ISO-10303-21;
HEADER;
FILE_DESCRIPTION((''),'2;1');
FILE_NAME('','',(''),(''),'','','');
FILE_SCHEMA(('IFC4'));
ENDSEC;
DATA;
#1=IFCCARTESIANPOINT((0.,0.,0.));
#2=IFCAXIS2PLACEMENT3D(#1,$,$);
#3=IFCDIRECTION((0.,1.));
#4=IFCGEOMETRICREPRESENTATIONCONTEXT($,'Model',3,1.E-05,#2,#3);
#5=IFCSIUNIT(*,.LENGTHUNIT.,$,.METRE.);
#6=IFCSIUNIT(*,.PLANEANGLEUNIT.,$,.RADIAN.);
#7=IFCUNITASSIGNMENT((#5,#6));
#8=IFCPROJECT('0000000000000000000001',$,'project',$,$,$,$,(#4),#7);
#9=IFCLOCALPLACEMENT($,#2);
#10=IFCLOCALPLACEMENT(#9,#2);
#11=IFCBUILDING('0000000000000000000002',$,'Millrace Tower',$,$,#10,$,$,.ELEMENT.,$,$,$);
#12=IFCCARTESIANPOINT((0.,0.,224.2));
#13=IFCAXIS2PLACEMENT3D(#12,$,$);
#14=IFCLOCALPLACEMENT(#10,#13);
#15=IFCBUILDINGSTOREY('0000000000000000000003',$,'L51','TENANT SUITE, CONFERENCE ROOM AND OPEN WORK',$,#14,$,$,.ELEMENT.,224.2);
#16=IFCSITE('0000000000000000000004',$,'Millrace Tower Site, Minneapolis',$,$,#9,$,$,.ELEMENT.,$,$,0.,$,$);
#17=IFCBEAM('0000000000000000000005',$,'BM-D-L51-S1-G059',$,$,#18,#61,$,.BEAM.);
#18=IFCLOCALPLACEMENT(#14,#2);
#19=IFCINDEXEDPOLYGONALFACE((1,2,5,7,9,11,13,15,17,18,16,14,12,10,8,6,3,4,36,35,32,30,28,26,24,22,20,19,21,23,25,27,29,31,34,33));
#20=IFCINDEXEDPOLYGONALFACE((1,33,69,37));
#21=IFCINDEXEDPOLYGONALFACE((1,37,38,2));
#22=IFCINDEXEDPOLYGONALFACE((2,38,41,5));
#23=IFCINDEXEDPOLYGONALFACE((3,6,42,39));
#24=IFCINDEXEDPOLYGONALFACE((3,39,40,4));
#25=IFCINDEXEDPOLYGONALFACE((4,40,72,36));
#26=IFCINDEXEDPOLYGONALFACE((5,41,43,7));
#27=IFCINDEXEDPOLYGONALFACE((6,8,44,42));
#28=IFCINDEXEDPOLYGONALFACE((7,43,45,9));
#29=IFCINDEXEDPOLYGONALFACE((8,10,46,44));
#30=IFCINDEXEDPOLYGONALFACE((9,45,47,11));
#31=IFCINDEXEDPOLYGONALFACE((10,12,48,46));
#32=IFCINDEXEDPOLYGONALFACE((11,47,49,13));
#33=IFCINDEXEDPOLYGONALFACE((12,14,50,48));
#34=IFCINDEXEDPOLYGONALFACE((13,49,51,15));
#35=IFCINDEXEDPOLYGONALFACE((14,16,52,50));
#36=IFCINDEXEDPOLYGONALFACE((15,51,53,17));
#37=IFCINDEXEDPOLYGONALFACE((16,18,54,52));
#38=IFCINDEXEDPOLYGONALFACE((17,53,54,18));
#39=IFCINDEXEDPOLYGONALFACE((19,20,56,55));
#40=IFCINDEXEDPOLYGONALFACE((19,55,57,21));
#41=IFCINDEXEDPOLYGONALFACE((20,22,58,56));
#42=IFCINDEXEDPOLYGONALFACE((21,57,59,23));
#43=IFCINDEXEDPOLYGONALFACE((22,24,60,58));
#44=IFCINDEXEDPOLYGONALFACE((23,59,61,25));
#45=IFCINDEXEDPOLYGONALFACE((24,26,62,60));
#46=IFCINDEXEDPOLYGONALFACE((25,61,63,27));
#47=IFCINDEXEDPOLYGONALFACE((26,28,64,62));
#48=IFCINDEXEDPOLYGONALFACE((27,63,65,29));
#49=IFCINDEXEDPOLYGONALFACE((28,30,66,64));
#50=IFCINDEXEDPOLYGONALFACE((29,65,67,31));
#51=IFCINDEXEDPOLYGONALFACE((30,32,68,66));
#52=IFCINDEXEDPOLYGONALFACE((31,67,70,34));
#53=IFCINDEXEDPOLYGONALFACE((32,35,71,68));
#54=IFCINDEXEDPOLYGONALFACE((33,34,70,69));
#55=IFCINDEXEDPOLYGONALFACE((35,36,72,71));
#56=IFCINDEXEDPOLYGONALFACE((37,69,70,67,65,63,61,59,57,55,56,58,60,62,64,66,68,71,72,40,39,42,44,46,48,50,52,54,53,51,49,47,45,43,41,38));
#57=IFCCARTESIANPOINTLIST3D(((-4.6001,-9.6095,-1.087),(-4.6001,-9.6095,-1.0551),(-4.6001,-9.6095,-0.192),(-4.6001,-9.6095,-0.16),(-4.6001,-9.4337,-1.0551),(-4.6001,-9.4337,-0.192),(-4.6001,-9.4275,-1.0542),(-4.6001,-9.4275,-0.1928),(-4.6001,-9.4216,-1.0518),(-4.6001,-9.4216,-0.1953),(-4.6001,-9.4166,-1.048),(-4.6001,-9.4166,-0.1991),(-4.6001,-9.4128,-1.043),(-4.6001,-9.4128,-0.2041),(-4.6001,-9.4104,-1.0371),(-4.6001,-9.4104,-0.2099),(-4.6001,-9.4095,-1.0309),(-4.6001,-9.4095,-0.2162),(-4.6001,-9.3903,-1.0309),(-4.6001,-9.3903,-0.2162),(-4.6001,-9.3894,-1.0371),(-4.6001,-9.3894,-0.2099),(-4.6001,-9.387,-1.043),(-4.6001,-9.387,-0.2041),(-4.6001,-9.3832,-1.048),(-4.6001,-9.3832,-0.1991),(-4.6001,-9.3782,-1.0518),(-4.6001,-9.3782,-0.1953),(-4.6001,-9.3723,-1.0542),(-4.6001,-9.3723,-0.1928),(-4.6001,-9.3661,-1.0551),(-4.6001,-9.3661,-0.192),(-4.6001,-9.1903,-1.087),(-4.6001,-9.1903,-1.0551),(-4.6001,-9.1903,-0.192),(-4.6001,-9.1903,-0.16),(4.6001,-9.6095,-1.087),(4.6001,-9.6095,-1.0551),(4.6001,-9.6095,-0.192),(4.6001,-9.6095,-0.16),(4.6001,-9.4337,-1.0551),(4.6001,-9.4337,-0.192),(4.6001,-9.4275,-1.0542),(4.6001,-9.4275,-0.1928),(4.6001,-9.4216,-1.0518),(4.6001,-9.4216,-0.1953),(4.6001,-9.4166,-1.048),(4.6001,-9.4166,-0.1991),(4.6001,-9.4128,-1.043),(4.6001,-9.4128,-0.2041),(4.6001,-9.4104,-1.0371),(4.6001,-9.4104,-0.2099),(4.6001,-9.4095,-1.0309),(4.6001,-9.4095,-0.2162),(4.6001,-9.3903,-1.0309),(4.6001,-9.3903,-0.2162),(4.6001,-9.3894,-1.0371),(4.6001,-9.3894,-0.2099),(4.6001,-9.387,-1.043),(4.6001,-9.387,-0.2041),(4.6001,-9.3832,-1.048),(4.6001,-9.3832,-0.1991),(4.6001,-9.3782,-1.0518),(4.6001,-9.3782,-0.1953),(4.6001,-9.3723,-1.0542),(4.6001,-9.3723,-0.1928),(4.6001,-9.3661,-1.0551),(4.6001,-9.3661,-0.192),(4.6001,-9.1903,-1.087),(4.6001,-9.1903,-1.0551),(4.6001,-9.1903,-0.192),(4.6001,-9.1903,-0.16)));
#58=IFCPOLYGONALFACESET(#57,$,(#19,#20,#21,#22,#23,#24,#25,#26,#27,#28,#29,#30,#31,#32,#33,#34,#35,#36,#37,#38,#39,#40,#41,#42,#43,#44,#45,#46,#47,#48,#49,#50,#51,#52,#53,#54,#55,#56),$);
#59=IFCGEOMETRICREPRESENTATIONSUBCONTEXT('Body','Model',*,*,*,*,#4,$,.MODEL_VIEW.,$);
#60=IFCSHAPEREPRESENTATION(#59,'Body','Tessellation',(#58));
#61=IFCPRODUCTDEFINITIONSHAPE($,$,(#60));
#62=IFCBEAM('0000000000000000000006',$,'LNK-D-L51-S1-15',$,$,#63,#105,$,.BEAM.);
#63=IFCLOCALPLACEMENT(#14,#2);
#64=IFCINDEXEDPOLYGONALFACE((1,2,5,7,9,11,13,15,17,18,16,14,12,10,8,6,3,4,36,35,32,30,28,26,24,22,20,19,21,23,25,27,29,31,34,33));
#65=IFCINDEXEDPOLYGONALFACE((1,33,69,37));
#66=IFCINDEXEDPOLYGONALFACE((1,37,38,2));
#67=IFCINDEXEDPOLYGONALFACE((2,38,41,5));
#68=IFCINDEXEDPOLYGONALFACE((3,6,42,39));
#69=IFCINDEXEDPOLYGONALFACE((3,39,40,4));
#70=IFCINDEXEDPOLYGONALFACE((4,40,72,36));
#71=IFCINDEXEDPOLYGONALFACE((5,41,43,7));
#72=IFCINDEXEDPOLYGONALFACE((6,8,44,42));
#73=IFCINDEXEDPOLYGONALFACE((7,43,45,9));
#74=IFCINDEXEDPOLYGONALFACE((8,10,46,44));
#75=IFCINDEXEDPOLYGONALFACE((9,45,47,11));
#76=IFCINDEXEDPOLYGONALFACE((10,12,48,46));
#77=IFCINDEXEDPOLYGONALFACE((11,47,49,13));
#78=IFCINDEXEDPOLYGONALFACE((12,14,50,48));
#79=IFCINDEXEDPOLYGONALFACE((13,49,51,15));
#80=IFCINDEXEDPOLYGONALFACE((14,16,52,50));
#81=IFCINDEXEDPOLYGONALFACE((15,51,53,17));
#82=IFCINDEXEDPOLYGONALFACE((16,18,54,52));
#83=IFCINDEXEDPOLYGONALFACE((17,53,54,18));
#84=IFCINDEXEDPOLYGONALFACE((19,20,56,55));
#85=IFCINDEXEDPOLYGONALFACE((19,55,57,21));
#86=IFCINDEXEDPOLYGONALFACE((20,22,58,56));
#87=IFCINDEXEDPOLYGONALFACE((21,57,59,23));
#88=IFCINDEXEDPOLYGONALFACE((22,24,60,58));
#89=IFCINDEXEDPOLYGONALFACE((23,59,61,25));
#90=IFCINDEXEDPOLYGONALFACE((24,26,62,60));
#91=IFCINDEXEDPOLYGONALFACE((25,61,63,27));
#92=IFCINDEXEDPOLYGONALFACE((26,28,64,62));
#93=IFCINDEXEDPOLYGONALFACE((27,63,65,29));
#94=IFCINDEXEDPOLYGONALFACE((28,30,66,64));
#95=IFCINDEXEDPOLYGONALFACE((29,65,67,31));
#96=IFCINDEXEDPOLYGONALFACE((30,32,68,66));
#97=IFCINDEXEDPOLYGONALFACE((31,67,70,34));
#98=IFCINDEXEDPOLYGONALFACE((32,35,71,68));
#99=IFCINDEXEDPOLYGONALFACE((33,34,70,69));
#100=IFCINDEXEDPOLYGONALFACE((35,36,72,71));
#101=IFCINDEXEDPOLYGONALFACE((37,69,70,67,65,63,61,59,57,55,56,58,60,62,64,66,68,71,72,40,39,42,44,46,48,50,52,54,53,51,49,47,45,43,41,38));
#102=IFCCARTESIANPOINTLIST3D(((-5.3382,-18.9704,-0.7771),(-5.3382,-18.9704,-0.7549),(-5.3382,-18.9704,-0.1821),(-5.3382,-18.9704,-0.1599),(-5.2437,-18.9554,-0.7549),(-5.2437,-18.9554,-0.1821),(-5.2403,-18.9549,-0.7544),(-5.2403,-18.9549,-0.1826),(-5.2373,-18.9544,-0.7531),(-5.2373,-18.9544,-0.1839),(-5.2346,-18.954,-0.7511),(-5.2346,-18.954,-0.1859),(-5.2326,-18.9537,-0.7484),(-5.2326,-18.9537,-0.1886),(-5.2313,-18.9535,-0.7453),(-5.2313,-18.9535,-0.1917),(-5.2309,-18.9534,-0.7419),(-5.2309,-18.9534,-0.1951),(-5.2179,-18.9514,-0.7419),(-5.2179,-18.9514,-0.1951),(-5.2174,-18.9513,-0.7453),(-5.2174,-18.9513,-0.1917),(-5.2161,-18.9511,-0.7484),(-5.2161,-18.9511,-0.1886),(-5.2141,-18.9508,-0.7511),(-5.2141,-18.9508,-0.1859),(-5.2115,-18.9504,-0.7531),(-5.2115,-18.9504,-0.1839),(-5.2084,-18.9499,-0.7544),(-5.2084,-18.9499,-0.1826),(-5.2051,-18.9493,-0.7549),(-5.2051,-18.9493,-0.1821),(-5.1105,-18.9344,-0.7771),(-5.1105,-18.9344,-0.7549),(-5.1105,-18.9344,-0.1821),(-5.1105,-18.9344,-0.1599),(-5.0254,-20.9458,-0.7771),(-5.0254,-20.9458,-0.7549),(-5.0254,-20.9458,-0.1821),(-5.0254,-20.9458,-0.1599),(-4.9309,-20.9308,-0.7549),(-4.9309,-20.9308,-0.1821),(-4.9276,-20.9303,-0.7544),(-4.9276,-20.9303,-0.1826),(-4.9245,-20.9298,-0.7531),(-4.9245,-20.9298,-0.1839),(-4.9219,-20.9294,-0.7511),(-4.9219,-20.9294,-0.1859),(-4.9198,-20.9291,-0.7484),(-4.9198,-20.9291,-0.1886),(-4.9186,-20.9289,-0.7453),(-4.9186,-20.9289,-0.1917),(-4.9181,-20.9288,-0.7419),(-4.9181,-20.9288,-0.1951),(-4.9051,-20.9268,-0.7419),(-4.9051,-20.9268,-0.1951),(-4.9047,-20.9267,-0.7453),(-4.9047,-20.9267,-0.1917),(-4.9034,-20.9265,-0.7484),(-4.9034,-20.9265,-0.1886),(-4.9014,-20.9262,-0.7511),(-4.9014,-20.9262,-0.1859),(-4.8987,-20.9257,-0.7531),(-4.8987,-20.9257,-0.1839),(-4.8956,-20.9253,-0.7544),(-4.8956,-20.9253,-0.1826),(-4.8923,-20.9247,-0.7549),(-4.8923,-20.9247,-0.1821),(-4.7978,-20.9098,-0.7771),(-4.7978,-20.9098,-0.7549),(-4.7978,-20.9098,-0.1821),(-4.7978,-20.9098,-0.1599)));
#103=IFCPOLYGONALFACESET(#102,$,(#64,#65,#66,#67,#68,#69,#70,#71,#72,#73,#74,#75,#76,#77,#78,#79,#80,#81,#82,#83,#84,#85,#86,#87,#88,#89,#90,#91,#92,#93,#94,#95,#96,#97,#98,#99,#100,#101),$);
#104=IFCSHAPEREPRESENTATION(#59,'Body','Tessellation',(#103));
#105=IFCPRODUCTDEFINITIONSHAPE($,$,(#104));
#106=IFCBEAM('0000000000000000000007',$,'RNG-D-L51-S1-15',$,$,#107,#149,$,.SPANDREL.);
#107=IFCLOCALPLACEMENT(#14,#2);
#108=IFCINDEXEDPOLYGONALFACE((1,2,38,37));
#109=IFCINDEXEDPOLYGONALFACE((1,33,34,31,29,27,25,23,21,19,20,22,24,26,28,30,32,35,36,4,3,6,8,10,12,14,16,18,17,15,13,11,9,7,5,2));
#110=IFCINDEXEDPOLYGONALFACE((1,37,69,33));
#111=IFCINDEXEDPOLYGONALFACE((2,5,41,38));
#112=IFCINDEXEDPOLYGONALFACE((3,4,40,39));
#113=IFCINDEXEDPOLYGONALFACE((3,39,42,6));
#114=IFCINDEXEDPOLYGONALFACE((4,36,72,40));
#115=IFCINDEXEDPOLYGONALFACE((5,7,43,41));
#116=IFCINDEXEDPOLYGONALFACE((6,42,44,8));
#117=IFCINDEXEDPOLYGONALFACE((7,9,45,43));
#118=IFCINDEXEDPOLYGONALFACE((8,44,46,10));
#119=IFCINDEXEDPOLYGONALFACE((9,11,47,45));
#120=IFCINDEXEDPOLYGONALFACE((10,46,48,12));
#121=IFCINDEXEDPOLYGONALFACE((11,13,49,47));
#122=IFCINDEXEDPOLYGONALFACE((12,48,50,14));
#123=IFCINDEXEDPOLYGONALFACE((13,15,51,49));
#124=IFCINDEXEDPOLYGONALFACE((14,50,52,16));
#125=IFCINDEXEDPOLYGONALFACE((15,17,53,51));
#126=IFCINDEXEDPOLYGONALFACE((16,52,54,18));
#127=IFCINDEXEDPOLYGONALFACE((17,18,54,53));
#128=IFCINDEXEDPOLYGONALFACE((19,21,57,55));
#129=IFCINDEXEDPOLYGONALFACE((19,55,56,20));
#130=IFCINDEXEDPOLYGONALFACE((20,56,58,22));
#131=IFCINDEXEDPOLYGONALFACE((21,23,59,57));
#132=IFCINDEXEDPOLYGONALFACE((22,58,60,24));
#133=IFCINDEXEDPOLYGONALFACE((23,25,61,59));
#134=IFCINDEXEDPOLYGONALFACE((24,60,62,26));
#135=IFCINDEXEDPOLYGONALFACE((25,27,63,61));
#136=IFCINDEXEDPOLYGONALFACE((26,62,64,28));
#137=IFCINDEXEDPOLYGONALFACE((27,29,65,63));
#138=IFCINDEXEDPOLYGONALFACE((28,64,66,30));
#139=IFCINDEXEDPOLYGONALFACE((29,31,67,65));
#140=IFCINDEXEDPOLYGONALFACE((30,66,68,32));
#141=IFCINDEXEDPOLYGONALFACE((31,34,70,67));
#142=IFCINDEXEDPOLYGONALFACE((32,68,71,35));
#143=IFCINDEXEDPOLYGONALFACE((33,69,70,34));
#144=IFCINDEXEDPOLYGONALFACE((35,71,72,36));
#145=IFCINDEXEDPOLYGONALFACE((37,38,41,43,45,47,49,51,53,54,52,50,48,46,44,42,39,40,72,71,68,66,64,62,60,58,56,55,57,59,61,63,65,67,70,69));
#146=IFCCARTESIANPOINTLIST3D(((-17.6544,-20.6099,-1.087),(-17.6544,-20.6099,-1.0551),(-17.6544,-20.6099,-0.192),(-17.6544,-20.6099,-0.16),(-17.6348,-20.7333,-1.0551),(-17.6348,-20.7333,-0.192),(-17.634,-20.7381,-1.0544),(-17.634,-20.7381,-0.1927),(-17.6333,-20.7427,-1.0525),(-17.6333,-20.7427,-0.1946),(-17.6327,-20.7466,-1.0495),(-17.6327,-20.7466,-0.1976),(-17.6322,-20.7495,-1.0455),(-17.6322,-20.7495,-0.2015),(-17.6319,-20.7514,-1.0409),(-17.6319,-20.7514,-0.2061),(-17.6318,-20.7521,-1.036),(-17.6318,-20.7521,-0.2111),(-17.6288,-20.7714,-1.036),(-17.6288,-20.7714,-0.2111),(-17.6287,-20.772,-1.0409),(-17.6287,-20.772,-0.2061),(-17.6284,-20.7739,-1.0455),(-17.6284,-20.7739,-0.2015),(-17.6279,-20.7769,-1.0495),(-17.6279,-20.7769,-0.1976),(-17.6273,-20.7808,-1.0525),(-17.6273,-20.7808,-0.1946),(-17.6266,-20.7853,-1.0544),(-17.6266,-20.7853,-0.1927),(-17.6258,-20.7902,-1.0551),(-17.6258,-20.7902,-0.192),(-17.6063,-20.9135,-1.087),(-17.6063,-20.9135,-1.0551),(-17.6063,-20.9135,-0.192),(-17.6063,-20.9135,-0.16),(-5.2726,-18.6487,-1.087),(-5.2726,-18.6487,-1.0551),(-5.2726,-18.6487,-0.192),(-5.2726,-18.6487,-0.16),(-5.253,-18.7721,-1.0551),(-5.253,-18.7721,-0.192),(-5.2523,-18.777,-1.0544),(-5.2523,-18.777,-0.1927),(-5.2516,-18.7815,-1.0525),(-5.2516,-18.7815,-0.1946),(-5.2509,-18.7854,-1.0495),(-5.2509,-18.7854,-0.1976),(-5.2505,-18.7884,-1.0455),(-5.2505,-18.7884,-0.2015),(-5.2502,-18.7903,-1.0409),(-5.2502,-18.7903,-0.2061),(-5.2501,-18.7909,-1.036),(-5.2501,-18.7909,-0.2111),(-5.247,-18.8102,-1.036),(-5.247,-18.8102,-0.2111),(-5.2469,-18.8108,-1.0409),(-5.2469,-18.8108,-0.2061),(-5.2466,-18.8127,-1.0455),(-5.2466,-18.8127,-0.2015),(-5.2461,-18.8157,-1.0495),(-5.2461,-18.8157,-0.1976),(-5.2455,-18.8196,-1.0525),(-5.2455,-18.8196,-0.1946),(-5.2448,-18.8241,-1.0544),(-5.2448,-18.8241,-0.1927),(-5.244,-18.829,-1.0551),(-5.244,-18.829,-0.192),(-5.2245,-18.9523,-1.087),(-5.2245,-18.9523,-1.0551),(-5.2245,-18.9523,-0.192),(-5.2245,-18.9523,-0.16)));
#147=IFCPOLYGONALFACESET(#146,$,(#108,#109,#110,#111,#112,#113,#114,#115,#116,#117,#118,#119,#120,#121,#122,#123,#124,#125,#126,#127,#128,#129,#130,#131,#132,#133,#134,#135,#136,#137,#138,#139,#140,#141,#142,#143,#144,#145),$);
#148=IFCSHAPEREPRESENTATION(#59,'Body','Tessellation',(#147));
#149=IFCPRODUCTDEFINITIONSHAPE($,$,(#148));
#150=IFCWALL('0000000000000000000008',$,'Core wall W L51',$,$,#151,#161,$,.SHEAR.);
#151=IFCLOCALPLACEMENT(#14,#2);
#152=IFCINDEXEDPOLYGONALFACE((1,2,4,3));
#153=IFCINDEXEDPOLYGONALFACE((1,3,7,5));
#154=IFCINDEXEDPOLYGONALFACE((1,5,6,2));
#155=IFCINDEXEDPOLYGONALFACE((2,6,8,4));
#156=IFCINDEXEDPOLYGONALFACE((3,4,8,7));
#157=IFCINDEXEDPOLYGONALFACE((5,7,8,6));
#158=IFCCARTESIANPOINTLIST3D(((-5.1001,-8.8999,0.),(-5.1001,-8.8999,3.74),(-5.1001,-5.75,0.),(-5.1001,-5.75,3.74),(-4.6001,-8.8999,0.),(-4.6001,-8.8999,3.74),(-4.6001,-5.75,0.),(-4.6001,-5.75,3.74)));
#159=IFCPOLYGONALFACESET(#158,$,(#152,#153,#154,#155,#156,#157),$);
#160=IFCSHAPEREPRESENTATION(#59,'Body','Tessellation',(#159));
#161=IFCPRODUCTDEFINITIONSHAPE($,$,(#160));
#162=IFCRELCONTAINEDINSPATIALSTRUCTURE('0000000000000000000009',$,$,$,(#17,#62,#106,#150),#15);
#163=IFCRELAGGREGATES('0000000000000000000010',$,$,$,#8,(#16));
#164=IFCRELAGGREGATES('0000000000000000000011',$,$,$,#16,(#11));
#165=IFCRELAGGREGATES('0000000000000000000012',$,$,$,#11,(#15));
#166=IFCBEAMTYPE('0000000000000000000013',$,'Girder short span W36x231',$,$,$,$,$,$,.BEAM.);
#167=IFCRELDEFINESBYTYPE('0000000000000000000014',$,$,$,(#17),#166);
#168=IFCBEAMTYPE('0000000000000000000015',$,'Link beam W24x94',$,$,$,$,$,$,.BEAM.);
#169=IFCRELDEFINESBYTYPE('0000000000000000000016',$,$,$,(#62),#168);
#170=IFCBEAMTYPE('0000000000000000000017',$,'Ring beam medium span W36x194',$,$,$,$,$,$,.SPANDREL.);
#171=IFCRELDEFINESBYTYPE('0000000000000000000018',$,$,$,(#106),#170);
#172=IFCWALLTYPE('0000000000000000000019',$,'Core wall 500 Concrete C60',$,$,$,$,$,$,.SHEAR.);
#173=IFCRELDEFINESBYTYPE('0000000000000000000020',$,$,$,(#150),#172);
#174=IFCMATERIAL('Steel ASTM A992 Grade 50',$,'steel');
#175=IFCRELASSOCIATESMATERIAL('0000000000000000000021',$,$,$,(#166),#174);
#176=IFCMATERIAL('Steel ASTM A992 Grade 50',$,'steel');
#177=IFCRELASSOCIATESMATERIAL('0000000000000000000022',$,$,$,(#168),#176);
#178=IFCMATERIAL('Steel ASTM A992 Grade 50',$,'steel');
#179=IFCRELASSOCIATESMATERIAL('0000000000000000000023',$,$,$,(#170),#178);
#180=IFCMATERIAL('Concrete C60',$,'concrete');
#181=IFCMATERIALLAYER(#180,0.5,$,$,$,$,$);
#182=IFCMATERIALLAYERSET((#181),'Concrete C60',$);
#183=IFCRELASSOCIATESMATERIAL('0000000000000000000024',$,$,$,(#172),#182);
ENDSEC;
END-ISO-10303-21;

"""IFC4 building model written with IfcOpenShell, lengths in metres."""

from ifc_helpers import new_model, si_unit, direction, frame, frame_2d, origin, origin_2d, place, context, subcontext, project, spatial, rectangle, i_section, extrude, material, layer, layer_set, material_profile, profile_set, type_object, element, save


model = new_model("IFC4")

# Units and contexts
model_context = context("Model", 3, precision=1e-05, world=origin(), true_north=direction((0.0, 1.0)))
body_context = subcontext(model_context, "Body", "Model", "MODEL_VIEW")
ifc_project = project(units=[si_unit("LENGTHUNIT", "METRE"), si_unit("PLANEANGLEUNIT", "RADIAN")], contexts=[model_context])

# Site, building, storey
site_placement = place(None, origin())
site = spatial("IfcSite", under=ifc_project, at=site_placement, Name="Millrace Tower Site, Minneapolis", CompositionType="ELEMENT", RefElevation=0.0)
building_placement = place(site_placement, origin())
building = spatial("IfcBuilding", under=site, at=building_placement, Name="Millrace Tower", CompositionType="ELEMENT")
storey_placement = place(building_placement, frame((0.0, 0.0, 224.2)))
storey = spatial("IfcBuildingStorey", under=building, at=storey_placement, Name="L51", Description="TENANT SUITE, CONFERENCE ROOM AND OPEN WORK", CompositionType="ELEMENT", Elevation=224.2)

# Beams
ifc_material_1 = material(Name="Steel ASTM A992 Grade 50", Category="steel")
ifc_material_profile_1 = material_profile(ifc_material_1, i_section(OverallWidth=0.4192, OverallDepth=0.927, WebThickness=0.0193, FlangeThickness=0.032, FilletRadius=0.0242, at=origin_2d()))
ifc_profile_set_1 = profile_set([ifc_material_profile_1], Name="Steel ASTM A992 Grade 50")
beam_type_1 = type_object("IfcBeamType", Name="Girder short span W36x231", PredefinedType="BEAM", material=ifc_profile_set_1)
beam_1_placement = place(storey_placement, frame((-4.6001, -9.3999, -0.6235), z_axis=(1.0, 0.0, 0.0), x_axis=(0.0, 1.0, 0.0)))
element("IfcBeam", 1, at=beam_1_placement, inside=storey, type_object=beam_type_1, Name="BM-D-L51-S1-G059", PredefinedType="BEAM", context=body_context, shape_type="SweptSolid", body=[
    extrude(i_section(OverallWidth=0.4192, OverallDepth=0.927, WebThickness=0.0193, FlangeThickness=0.032, FilletRadius=0.0242, at=origin_2d()), origin(), (0.0, 0.0, 1.0), 9.2002),
])
ifc_material_2 = material(Name="Steel ASTM A992 Grade 50", Category="steel")
ifc_material_profile_2 = material_profile(ifc_material_2, i_section(OverallWidth=0.2305, OverallDepth=0.6172, WebThickness=0.0132, FlangeThickness=0.0222, FilletRadius=0.0129, at=origin_2d()))
ifc_profile_set_2 = profile_set([ifc_material_profile_2], Name="Steel ASTM A992 Grade 50")
beam_type_2 = type_object("IfcBeamType", Name="Link beam W24x94", PredefinedType="BEAM", material=ifc_profile_set_2)
beam_2_placement = place(storey_placement, frame((-5.2244, -18.9524, -0.4685), z_axis=(0.156376, -0.987698, 0.0), x_axis=(0.987698, 0.156376, 0.0)))
element("IfcBeam", 2, at=beam_2_placement, inside=storey, type_object=beam_type_2, Name="LNK-D-L51-S1-15", PredefinedType="BEAM", context=body_context, shape_type="SweptSolid", body=[
    extrude(i_section(OverallWidth=0.2305, OverallDepth=0.6172, WebThickness=0.0132, FlangeThickness=0.0222, FilletRadius=0.0129, at=origin_2d()), origin(), (0.0, 0.0, 1.0), 2.0),
])
ifc_material_3 = material(Name="Steel ASTM A992 Grade 50", Category="steel")
ifc_material_profile_3 = material_profile(ifc_material_3, i_section(OverallWidth=0.3074, OverallDepth=0.927, WebThickness=0.0195, FlangeThickness=0.032, FilletRadius=0.019, at=origin_2d()))
ifc_profile_set_3 = profile_set([ifc_material_profile_3], Name="Steel ASTM A992 Grade 50")
beam_type_3 = type_object("IfcBeamType", Name="Ring beam medium span W36x194", PredefinedType="SPANDREL", material=ifc_profile_set_3)
beam_3_placement = place(storey_placement, frame((-5.2485, -18.8005, -0.6235), z_axis=(-0.987687, -0.156442, 0.0), x_axis=(0.156442, -0.987687, 0.0)))
element("IfcBeam", 3, at=beam_3_placement, inside=storey, type_object=beam_type_3, Name="RNG-D-L51-S1-15", PredefinedType="SPANDREL", context=body_context, shape_type="SweptSolid", body=[
    extrude(i_section(OverallWidth=0.3074, OverallDepth=0.927, WebThickness=0.0195, FlangeThickness=0.032, FilletRadius=0.019, at=origin_2d()), origin(), (0.0, 0.0, 1.0), 12.5361),
])

# Wall
ifc_material_4 = material(Name="Concrete C60", Category="concrete")
ifc_layer_1 = layer(ifc_material_4, 0.5)
ifc_layer_set_1 = layer_set([ifc_layer_1], Name="Concrete C60")
wall_type_1 = type_object("IfcWallType", Name="Core wall 500 Concrete C60", PredefinedType="SHEAR", material=ifc_layer_set_1)
wall_1_placement = place(storey_placement, frame((-4.8501, -8.8999, 0.0), z_axis=(0.0, 0.0, 1.0), x_axis=(0.0, 1.0, 0.0)))
element("IfcWall", 4, at=wall_1_placement, inside=storey, type_object=wall_type_1, Name="Core wall W L51", PredefinedType="SHEAR", context=body_context, shape_type="SweptSolid", body=[
    extrude(rectangle(XDim=3.1499, YDim=0.5, at=frame_2d((1.575, 0.0))), origin(), (0.0, 0.0, 1.0), 3.74),
])

save(model, "model.ifc")
